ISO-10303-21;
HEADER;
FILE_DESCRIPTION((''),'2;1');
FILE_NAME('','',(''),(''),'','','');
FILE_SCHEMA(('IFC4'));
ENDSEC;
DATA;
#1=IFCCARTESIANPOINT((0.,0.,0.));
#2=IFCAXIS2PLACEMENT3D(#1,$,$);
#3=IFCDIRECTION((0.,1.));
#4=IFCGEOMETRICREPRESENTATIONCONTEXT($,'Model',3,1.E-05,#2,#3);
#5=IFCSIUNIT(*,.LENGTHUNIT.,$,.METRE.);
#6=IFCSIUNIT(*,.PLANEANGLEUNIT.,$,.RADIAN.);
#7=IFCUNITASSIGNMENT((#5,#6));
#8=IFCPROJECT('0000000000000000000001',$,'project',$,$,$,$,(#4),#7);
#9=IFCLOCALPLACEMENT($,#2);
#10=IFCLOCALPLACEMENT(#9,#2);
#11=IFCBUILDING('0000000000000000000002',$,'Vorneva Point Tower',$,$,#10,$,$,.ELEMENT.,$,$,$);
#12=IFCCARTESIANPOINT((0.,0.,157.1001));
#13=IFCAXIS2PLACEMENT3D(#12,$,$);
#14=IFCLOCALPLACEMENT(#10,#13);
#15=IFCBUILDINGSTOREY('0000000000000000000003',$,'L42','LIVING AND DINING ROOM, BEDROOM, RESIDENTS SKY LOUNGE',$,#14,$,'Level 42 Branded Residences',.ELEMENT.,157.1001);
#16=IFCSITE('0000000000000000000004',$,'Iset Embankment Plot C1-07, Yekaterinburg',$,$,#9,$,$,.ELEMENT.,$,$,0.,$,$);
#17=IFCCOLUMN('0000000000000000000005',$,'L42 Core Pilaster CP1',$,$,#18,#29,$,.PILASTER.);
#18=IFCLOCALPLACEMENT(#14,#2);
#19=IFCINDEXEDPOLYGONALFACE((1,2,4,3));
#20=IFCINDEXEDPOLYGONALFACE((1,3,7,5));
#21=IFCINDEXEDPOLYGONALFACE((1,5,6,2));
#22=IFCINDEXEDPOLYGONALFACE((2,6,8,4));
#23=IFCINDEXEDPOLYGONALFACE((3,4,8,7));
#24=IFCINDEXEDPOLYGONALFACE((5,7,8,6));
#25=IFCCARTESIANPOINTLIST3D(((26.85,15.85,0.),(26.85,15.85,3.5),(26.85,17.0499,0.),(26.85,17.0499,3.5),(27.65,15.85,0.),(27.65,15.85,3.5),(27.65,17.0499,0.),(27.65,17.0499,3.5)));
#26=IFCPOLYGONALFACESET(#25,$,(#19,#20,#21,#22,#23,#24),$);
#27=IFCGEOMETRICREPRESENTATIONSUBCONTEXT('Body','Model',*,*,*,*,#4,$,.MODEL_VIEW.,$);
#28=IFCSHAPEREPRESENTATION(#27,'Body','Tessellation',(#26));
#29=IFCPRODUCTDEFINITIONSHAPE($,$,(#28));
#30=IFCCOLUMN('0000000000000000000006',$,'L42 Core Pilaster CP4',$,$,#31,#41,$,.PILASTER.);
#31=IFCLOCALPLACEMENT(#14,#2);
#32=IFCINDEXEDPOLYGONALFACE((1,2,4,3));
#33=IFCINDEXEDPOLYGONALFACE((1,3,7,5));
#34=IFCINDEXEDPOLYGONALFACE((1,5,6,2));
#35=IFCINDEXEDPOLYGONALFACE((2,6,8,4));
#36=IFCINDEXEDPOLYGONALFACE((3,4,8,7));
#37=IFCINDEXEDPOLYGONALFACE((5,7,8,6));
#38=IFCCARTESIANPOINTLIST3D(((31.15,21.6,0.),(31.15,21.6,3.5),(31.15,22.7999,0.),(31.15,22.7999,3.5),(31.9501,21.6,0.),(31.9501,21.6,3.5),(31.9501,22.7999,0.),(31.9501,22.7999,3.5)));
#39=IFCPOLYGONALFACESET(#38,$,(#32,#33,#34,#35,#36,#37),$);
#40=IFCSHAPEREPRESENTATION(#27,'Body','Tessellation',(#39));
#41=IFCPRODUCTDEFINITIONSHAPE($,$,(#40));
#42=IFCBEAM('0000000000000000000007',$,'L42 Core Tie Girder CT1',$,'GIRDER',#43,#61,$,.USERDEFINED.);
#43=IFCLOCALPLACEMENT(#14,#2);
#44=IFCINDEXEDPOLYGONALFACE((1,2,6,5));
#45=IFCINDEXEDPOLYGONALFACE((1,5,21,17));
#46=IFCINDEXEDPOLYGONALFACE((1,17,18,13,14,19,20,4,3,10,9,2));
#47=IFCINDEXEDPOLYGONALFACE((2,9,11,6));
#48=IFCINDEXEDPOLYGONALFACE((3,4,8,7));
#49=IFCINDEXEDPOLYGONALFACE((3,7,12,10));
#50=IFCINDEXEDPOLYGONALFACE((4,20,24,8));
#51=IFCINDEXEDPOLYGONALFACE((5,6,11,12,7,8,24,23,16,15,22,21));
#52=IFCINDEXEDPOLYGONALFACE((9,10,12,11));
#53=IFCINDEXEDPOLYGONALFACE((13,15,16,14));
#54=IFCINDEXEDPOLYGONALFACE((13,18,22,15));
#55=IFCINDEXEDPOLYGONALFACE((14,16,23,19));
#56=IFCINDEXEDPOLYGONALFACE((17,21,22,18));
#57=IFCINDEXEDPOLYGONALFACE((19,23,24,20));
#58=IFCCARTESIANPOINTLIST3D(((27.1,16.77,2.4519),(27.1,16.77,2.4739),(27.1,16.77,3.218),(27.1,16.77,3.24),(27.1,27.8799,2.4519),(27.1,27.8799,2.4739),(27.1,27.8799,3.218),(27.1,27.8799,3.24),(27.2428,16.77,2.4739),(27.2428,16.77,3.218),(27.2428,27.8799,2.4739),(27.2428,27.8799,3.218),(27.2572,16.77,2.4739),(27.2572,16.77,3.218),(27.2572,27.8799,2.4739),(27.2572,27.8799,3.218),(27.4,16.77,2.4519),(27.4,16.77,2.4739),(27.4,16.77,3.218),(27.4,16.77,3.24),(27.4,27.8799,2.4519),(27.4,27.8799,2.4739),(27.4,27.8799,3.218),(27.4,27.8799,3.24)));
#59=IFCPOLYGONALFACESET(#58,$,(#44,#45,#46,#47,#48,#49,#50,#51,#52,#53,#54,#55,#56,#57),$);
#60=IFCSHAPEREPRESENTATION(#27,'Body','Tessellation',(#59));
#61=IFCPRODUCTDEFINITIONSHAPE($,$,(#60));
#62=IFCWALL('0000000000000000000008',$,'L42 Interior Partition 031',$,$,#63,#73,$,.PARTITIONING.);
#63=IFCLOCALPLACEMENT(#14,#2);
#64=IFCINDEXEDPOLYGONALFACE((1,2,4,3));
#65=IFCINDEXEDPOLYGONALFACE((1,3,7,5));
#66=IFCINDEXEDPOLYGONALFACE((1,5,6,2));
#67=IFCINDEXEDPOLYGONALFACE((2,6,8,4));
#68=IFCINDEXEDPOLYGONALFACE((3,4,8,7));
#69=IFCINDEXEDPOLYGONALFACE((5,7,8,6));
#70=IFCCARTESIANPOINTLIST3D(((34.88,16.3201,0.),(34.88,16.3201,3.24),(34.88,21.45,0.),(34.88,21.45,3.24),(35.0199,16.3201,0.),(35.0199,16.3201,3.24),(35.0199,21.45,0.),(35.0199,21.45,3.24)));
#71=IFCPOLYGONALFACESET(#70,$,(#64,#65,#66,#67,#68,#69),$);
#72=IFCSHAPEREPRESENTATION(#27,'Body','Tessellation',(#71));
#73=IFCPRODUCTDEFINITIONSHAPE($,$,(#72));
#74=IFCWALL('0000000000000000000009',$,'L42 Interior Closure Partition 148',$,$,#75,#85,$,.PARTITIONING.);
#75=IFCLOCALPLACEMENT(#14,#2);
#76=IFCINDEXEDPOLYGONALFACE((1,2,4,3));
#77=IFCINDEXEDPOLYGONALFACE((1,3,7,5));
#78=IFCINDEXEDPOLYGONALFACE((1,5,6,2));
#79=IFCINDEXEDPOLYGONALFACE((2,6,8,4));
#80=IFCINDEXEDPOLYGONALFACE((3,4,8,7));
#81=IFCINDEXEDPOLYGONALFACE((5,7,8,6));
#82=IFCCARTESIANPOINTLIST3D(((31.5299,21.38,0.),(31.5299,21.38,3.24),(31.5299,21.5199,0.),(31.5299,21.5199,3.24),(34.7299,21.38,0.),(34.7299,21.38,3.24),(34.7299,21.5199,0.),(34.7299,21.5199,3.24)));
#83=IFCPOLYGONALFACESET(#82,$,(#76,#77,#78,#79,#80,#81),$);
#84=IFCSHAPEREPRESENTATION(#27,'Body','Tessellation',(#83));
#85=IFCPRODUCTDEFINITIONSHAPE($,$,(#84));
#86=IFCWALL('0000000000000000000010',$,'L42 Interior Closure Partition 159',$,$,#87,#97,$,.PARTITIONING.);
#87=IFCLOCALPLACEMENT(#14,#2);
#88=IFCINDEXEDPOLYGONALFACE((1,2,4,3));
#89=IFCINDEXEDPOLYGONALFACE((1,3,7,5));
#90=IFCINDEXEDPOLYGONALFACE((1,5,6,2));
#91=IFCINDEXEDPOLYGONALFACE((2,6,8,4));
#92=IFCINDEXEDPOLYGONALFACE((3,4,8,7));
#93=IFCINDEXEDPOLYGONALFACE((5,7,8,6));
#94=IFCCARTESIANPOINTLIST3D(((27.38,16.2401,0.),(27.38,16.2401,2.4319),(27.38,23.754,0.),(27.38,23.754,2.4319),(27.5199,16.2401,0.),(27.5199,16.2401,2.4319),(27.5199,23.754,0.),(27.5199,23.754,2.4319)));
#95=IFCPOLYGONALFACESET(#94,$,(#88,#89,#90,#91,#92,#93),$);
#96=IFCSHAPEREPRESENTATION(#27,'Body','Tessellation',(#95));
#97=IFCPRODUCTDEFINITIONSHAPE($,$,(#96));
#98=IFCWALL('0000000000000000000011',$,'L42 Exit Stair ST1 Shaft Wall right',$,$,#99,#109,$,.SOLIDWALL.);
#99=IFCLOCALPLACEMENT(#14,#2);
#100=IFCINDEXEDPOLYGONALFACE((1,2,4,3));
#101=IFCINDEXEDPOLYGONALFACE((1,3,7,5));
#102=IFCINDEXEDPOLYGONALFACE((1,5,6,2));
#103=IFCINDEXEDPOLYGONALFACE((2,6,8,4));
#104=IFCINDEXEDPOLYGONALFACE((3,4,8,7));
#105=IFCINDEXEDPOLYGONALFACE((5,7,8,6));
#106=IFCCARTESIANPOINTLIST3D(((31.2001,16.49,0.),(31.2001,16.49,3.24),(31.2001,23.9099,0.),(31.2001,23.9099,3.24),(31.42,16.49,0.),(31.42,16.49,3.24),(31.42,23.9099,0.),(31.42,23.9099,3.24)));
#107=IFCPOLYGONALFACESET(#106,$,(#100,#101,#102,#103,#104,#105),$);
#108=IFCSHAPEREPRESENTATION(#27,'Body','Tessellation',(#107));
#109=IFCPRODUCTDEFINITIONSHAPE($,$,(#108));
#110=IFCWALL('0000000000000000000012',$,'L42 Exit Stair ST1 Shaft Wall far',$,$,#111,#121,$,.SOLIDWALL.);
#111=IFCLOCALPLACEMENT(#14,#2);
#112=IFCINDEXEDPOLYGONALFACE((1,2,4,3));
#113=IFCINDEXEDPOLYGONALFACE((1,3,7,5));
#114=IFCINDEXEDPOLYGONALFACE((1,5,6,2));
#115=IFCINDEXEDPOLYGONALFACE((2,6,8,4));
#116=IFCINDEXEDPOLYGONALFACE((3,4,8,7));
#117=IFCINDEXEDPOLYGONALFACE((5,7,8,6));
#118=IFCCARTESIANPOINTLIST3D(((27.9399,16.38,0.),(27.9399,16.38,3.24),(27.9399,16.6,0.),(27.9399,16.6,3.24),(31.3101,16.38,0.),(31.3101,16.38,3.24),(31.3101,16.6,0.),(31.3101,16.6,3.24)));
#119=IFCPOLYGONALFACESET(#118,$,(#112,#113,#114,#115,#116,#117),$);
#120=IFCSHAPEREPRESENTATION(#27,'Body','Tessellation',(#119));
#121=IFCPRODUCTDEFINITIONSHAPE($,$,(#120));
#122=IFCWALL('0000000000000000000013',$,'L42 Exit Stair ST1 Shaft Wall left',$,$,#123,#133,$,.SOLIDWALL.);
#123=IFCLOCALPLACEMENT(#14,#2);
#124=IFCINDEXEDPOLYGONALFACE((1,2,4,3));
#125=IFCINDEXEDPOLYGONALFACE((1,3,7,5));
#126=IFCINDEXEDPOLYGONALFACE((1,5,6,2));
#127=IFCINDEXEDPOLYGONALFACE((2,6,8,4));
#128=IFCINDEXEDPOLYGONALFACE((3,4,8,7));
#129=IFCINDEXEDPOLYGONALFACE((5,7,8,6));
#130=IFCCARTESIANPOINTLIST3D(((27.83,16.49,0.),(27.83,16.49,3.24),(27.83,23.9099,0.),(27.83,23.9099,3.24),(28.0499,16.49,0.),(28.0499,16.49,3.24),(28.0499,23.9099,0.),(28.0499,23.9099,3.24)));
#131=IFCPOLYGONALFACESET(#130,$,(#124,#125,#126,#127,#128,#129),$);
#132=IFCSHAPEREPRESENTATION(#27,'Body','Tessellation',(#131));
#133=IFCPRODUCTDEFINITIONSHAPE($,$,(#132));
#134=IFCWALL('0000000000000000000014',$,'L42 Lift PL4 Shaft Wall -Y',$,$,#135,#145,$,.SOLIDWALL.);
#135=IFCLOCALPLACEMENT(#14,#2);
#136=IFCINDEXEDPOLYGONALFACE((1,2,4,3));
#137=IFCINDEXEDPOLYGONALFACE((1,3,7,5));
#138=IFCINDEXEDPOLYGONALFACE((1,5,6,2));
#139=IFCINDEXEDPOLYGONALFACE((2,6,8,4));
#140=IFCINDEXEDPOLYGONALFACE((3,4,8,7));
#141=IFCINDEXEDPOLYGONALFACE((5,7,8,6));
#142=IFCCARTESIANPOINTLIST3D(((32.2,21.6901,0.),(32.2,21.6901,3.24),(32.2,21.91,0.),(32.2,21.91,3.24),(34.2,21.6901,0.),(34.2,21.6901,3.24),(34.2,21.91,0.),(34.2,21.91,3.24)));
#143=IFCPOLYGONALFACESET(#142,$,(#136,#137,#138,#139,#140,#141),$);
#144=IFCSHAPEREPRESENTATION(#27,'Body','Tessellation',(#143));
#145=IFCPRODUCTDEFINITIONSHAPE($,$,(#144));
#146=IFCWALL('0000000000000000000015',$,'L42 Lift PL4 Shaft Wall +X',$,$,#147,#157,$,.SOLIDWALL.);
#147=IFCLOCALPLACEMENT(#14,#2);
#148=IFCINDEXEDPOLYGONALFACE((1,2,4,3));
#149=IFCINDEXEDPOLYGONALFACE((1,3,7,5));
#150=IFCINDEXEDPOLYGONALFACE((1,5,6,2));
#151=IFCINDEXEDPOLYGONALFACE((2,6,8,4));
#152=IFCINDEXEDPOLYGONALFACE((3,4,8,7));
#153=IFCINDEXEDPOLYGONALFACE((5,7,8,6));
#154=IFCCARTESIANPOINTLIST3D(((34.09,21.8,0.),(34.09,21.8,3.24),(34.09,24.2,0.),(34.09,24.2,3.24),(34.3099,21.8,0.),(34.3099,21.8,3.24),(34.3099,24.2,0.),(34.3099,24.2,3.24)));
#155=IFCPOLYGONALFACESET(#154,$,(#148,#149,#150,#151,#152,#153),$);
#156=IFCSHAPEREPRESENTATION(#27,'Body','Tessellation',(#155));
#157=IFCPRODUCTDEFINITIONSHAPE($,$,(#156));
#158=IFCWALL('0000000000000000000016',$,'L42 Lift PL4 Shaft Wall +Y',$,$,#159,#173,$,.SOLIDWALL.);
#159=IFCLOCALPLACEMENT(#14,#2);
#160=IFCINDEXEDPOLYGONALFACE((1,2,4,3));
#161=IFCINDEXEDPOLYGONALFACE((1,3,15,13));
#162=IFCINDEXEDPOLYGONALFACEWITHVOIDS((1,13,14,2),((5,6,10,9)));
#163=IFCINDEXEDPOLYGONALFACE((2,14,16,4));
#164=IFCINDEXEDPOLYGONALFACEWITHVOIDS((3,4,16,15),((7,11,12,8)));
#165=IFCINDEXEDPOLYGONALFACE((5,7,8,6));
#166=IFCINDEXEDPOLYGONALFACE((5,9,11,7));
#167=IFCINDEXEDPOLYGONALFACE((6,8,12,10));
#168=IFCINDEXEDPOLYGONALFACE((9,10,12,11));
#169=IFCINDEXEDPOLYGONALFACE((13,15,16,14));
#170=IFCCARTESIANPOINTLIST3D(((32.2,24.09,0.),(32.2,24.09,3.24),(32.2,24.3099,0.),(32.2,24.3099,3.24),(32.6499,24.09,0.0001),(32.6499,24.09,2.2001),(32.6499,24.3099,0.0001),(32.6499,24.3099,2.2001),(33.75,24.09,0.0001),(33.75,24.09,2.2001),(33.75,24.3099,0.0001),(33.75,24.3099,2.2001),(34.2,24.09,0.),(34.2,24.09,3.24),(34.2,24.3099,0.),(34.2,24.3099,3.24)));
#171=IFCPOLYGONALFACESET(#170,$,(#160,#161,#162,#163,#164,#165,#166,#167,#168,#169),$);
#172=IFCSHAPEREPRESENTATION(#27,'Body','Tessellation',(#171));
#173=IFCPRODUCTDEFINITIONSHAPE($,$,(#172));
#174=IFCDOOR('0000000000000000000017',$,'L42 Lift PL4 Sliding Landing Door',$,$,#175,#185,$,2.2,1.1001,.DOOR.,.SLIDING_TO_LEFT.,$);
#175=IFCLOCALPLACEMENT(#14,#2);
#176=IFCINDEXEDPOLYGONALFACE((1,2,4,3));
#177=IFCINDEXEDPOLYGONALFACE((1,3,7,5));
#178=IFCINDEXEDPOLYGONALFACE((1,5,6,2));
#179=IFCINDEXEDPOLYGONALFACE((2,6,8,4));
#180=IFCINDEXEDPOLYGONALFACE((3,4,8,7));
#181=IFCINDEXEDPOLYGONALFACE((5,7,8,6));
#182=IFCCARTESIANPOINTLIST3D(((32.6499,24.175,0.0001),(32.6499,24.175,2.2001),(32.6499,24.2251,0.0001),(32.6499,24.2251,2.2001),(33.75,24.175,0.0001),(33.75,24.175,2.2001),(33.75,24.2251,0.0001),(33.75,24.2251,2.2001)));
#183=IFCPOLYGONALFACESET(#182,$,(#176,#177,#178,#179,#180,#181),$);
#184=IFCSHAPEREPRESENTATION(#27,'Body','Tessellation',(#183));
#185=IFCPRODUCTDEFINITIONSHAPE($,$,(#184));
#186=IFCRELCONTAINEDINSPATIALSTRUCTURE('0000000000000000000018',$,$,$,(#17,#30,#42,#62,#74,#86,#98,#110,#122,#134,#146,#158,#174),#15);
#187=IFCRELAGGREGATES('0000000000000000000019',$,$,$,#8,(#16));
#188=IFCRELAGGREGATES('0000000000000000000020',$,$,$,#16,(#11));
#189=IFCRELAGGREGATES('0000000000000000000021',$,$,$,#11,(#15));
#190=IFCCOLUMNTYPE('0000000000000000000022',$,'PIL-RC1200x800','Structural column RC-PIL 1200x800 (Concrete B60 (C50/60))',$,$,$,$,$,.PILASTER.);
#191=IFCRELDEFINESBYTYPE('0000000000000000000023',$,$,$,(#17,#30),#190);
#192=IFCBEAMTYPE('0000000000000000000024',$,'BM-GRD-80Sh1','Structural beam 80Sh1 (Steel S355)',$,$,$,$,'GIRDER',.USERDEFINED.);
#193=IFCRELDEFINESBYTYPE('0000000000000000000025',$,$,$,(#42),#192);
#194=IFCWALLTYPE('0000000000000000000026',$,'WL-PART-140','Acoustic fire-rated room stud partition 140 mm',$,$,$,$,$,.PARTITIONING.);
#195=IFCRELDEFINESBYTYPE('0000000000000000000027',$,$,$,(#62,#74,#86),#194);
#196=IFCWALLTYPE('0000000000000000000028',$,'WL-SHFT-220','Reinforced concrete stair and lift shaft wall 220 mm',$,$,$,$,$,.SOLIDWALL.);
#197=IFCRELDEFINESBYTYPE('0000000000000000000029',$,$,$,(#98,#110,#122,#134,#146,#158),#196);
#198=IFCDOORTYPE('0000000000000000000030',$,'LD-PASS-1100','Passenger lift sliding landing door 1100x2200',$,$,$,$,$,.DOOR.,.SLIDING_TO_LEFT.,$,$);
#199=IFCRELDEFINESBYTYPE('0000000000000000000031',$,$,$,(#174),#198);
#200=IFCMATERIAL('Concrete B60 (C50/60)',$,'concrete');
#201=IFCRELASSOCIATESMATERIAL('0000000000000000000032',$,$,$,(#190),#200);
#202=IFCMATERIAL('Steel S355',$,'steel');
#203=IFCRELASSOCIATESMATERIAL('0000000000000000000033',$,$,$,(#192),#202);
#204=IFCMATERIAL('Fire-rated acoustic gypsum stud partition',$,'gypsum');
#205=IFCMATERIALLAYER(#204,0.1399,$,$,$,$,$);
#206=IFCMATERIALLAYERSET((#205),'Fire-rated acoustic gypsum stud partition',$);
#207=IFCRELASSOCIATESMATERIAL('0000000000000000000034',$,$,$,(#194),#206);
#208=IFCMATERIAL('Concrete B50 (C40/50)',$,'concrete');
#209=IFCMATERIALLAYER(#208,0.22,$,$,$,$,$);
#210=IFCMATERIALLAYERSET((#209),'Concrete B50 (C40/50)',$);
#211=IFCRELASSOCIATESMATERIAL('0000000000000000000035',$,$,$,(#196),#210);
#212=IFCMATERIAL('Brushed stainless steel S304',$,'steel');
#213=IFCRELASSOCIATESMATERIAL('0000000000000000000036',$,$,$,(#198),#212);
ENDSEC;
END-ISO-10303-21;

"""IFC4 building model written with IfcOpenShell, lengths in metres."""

from ifc_helpers import new_model, si_unit, direction, frame, frame_2d, origin, origin_2d, place, context, subcontext, project, spatial, rectangle, i_section, extrude, material, layer, layer_set, material_profile, profile_set, type_object, element, fill, save


model = new_model("IFC4")

# Units and contexts
model_context = context("Model", 3, precision=1e-05, world=origin(), true_north=direction((0.0, 1.0)))
body_context = subcontext(model_context, "Body", "Model", "MODEL_VIEW")
ifc_project = project(units=[si_unit("LENGTHUNIT", "METRE"), si_unit("PLANEANGLEUNIT", "RADIAN")], contexts=[model_context])

# Site, building, storey
site_placement = place(None, origin())
site = spatial("IfcSite", under=ifc_project, at=site_placement, Name="Iset Embankment Plot C1-07, Yekaterinburg", CompositionType="ELEMENT", RefElevation=0.0)
building_placement = place(site_placement, origin())
building = spatial("IfcBuilding", under=site, at=building_placement, Name="Vorneva Point Tower", CompositionType="ELEMENT")
storey_placement = place(building_placement, frame((0.0, 0.0, 157.1001)))
storey = spatial("IfcBuildingStorey", under=building, at=storey_placement, Name="L42", Description="LIVING AND DINING ROOM, BEDROOM, RESIDENTS SKY LOUNGE", LongName="Level 42 Branded Residences", CompositionType="ELEMENT", Elevation=157.1001)

# Columns
ifc_material_1 = material(Name="Concrete B60 (C50/60)", Category="concrete")
ifc_material_profile_1 = material_profile(ifc_material_1, rectangle(XDim=0.8, YDim=1.2, at=origin_2d()), Name="RC-PIL 1200x800")
ifc_profile_set_1 = profile_set([ifc_material_profile_1], Name="Concrete B60 (C50/60)")
column_type = type_object("IfcColumnType", Name="PIL-RC1200x800", Description="Structural column RC-PIL 1200x800 (Concrete B60 (C50/60))", PredefinedType="PILASTER", material=ifc_profile_set_1)
for number, where, z_axis, x_axis, name in (
    (1, (27.25, 16.45, 0.0), (0.0, 0.0, 1.0), (1.0, 0.0, 0.0), "L42 Core Pilaster CP1"),
    (2, (31.55, 22.2, 0.0), (0.0, 0.0, 1.0), (1.0, 0.0, 0.0), "L42 Core Pilaster CP4"),
):
    element("IfcColumn", number, at=place(storey_placement, frame(where, z_axis=z_axis, x_axis=x_axis)), inside=storey, type_object=column_type, Name=name, PredefinedType="PILASTER", context=body_context, shape_type="SweptSolid", body=[
        extrude(rectangle(XDim=0.8, YDim=1.2, at=origin_2d()), origin(), (0.0, 0.0, 1.0), 3.5),
    ])

# Beam
ifc_material_2 = material(Name="Steel S355", Category="steel")
ifc_material_profile_2 = material_profile(ifc_material_2, i_section(OverallWidth=0.3, OverallDepth=0.7881, WebThickness=0.0144, FlangeThickness=0.022, at=origin_2d()), Name="80Sh1")
ifc_profile_set_2 = profile_set([ifc_material_profile_2], Name="Steel S355")
beam_type = type_object("IfcBeamType", Name="BM-GRD-80Sh1", Description="Structural beam 80Sh1 (Steel S355)", ElementType="GIRDER", PredefinedType="USERDEFINED", material=ifc_profile_set_2)
beam_placement = place(storey_placement, frame((27.25, 16.77, 2.8459), z_axis=(0.0, 1.0, 0.0), x_axis=(-1.0, 0.0, 0.0)))
element("IfcBeam", 3, at=beam_placement, inside=storey, type_object=beam_type, Name="L42 Core Tie Girder CT1", ObjectType="GIRDER", PredefinedType="USERDEFINED", context=body_context, shape_type="SweptSolid", body=[
    extrude(i_section(OverallWidth=0.3, OverallDepth=0.7881, WebThickness=0.0144, FlangeThickness=0.022, at=origin_2d()), origin(), (0.0, 0.0, 1.0), 11.1099),
])

# Walls
ifc_material_3 = material(Name="Fire-rated acoustic gypsum stud partition", Category="gypsum")
ifc_layer_1 = layer(ifc_material_3, 0.1399)
ifc_layer_set_1 = layer_set([ifc_layer_1], Name="Fire-rated acoustic gypsum stud partition")
wall_type_1 = type_object("IfcWallType", Name="WL-PART-140", Description="Acoustic fire-rated room stud partition 140 mm", PredefinedType="PARTITIONING", material=ifc_layer_set_1)
wall_1_placement = place(storey_placement, frame((34.95, 16.3201, 0.0), z_axis=(0.0, 0.0, 1.0), x_axis=(0.0, 1.0, 0.0)))
element("IfcWall", 4, at=wall_1_placement, inside=storey, type_object=wall_type_1, Name="L42 Interior Partition 031", PredefinedType="PARTITIONING", context=body_context, shape_type="SweptSolid", body=[
    extrude(rectangle(XDim=5.1299, YDim=0.1399, at=frame_2d((2.5649, 0.0))), origin(), (0.0, 0.0, 1.0), 3.24),
])
wall_2_placement = place(storey_placement, frame((34.73, 21.45, 0.0), z_axis=(0.0, 0.0, 1.0), x_axis=(-1.0, 0.0, 0.0)))
element("IfcWall", 5, at=wall_2_placement, inside=storey, type_object=wall_type_1, Name="L42 Interior Closure Partition 148", PredefinedType="PARTITIONING", context=body_context, shape_type="SweptSolid", body=[
    extrude(rectangle(XDim=3.2, YDim=0.1399, at=frame_2d((1.6001, 0.0))), origin(), (0.0, 0.0, 1.0), 3.24),
])
wall_3_placement = place(storey_placement, frame((27.45, 23.7539, 0.0), z_axis=(0.0, 0.0, 1.0), x_axis=(0.0, -1.0, 0.0)))
element("IfcWall", 6, at=wall_3_placement, inside=storey, type_object=wall_type_1, Name="L42 Interior Closure Partition 159", PredefinedType="PARTITIONING", context=body_context, shape_type="SweptSolid", body=[
    extrude(rectangle(XDim=7.5139, YDim=0.1399, at=frame_2d((3.7568, 0.0))), origin(), (0.0, 0.0, 1.0), 2.4319),
])

# Shared definitions
ifc_material_4 = material(Name="Concrete B50 (C40/50)", Category="concrete")
ifc_layer_2 = layer(ifc_material_4, 0.22)
ifc_layer_set_2 = layer_set([ifc_layer_2], Name="Concrete B50 (C40/50)")
wall_type_2 = type_object("IfcWallType", Name="WL-SHFT-220", Description="Reinforced concrete stair and lift shaft wall 220 mm", PredefinedType="SOLIDWALL", material=ifc_layer_set_2)

# Walls
wall_4_placement = place(storey_placement, frame((31.3101, 23.9099, 0.0), z_axis=(0.0, 0.0, 1.0), x_axis=(0.0, -1.0, 0.0)))
element("IfcWall", 7, at=wall_4_placement, inside=storey, type_object=wall_type_2, Name="L42 Exit Stair ST1 Shaft Wall right", PredefinedType="SOLIDWALL", context=body_context, shape_type="SweptSolid", body=[
    extrude(rectangle(XDim=7.4199, YDim=0.22, at=frame_2d((3.71, 0.0))), origin(), (0.0, 0.0, 1.0), 3.24),
])
wall_5_placement = place(storey_placement, frame((31.3101, 16.49, 0.0), z_axis=(0.0, 0.0, 1.0), x_axis=(-1.0, 0.0, 0.0)))
element("IfcWall", 8, at=wall_5_placement, inside=storey, type_object=wall_type_2, Name="L42 Exit Stair ST1 Shaft Wall far", PredefinedType="SOLIDWALL", context=body_context, shape_type="SweptSolid", body=[
    extrude(rectangle(XDim=3.3701, YDim=0.22, at=frame_2d((1.6851, 0.0))), origin(), (0.0, 0.0, 1.0), 3.24),
])
wall_6_placement = place(storey_placement, frame((27.9399, 16.49, 0.0), z_axis=(0.0, 0.0, 1.0), x_axis=(0.0, 1.0, 0.0)))
element("IfcWall", 9, at=wall_6_placement, inside=storey, type_object=wall_type_2, Name="L42 Exit Stair ST1 Shaft Wall left", PredefinedType="SOLIDWALL", context=body_context, shape_type="SweptSolid", body=[
    extrude(rectangle(XDim=7.4199, YDim=0.22, at=frame_2d((3.71, 0.0))), origin(), (0.0, 0.0, 1.0), 3.24),
])
wall_7_placement = place(storey_placement, frame((32.2, 21.8, 0.0), z_axis=(0.0, 0.0, 1.0), x_axis=(1.0, 0.0, 0.0)))
element("IfcWall", 10, at=wall_7_placement, inside=storey, type_object=wall_type_2, Name="L42 Lift PL4 Shaft Wall -Y", PredefinedType="SOLIDWALL", context=body_context, shape_type="SweptSolid", body=[
    extrude(rectangle(XDim=2.0, YDim=0.22, at=frame_2d((1.0, 0.0))), origin(), (0.0, 0.0, 1.0), 3.24),
])
wall_8_placement = place(storey_placement, frame((34.2, 21.8, 0.0), z_axis=(0.0, 0.0, 1.0), x_axis=(0.0, 1.0, 0.0)))
element("IfcWall", 11, at=wall_8_placement, inside=storey, type_object=wall_type_2, Name="L42 Lift PL4 Shaft Wall +X", PredefinedType="SOLIDWALL", context=body_context, shape_type="SweptSolid", body=[
    extrude(rectangle(XDim=2.3999, YDim=0.22, at=frame_2d((1.2, 0.0))), origin(), (0.0, 0.0, 1.0), 3.24),
])

# Wall, opening, door
wall_9_placement = place(storey_placement, frame((34.2, 24.2, 0.0), z_axis=(0.0, 0.0, 1.0), x_axis=(-1.0, 0.0, 0.0)))
wall_9 = element("IfcWall", 12, at=wall_9_placement, inside=storey, type_object=wall_type_2, Name="L42 Lift PL4 Shaft Wall +Y", PredefinedType="SOLIDWALL", context=body_context, shape_type="SweptSolid", body=[
    extrude(rectangle(XDim=2.0, YDim=0.22, at=frame_2d((1.0, 0.0))), origin(), (0.0, 0.0, 1.0), 3.24),
])
opening_1_placement = place(wall_9_placement, frame((0.45, 0.0, 0.0)))
opening_1 = element("IfcOpeningElement", 13, at=opening_1_placement, cuts=wall_9, PredefinedType="OPENING", context=body_context, shape_type="SweptSolid", body=[
    extrude(rectangle(XDim=1.1001, YDim=2.2, at=frame_2d((0.55, 1.1001))), frame((0.0, 0.125, 0.0), z_axis=(0.0, -1.0, 0.0), x_axis=(1.0, 0.0, 0.0)), (0.0, 0.0, 1.0), 0.2498),
])
ifc_material_5 = material(Name="Brushed stainless steel S304", Category="steel")
door_type_1 = type_object("IfcDoorType", Name="LD-PASS-1100", Description="Passenger lift sliding landing door 1100x2200", OperationType="SLIDING_TO_LEFT", PredefinedType="DOOR", material=ifc_material_5)
door_1_placement = place(opening_1_placement, origin())
door_1 = element("IfcDoor", 14, at=door_1_placement, inside=storey, type_object=door_type_1, Name="L42 Lift PL4 Sliding Landing Door", OperationType="SLIDING_TO_LEFT", OverallHeight=2.2, OverallWidth=1.1001, PredefinedType="DOOR", context=body_context, shape_type="SweptSolid", body=[
    extrude(rectangle(XDim=1.1001, YDim=2.2, at=frame_2d((0.55, 1.1001))), frame((0.0, 0.0249, 0.0), z_axis=(0.0, -1.0, 0.0), x_axis=(1.0, 0.0, 0.0)), (0.0, 0.0, 1.0), 0.05),
])
fill(opening_1, door_1)

save(model, "model.ifc")
